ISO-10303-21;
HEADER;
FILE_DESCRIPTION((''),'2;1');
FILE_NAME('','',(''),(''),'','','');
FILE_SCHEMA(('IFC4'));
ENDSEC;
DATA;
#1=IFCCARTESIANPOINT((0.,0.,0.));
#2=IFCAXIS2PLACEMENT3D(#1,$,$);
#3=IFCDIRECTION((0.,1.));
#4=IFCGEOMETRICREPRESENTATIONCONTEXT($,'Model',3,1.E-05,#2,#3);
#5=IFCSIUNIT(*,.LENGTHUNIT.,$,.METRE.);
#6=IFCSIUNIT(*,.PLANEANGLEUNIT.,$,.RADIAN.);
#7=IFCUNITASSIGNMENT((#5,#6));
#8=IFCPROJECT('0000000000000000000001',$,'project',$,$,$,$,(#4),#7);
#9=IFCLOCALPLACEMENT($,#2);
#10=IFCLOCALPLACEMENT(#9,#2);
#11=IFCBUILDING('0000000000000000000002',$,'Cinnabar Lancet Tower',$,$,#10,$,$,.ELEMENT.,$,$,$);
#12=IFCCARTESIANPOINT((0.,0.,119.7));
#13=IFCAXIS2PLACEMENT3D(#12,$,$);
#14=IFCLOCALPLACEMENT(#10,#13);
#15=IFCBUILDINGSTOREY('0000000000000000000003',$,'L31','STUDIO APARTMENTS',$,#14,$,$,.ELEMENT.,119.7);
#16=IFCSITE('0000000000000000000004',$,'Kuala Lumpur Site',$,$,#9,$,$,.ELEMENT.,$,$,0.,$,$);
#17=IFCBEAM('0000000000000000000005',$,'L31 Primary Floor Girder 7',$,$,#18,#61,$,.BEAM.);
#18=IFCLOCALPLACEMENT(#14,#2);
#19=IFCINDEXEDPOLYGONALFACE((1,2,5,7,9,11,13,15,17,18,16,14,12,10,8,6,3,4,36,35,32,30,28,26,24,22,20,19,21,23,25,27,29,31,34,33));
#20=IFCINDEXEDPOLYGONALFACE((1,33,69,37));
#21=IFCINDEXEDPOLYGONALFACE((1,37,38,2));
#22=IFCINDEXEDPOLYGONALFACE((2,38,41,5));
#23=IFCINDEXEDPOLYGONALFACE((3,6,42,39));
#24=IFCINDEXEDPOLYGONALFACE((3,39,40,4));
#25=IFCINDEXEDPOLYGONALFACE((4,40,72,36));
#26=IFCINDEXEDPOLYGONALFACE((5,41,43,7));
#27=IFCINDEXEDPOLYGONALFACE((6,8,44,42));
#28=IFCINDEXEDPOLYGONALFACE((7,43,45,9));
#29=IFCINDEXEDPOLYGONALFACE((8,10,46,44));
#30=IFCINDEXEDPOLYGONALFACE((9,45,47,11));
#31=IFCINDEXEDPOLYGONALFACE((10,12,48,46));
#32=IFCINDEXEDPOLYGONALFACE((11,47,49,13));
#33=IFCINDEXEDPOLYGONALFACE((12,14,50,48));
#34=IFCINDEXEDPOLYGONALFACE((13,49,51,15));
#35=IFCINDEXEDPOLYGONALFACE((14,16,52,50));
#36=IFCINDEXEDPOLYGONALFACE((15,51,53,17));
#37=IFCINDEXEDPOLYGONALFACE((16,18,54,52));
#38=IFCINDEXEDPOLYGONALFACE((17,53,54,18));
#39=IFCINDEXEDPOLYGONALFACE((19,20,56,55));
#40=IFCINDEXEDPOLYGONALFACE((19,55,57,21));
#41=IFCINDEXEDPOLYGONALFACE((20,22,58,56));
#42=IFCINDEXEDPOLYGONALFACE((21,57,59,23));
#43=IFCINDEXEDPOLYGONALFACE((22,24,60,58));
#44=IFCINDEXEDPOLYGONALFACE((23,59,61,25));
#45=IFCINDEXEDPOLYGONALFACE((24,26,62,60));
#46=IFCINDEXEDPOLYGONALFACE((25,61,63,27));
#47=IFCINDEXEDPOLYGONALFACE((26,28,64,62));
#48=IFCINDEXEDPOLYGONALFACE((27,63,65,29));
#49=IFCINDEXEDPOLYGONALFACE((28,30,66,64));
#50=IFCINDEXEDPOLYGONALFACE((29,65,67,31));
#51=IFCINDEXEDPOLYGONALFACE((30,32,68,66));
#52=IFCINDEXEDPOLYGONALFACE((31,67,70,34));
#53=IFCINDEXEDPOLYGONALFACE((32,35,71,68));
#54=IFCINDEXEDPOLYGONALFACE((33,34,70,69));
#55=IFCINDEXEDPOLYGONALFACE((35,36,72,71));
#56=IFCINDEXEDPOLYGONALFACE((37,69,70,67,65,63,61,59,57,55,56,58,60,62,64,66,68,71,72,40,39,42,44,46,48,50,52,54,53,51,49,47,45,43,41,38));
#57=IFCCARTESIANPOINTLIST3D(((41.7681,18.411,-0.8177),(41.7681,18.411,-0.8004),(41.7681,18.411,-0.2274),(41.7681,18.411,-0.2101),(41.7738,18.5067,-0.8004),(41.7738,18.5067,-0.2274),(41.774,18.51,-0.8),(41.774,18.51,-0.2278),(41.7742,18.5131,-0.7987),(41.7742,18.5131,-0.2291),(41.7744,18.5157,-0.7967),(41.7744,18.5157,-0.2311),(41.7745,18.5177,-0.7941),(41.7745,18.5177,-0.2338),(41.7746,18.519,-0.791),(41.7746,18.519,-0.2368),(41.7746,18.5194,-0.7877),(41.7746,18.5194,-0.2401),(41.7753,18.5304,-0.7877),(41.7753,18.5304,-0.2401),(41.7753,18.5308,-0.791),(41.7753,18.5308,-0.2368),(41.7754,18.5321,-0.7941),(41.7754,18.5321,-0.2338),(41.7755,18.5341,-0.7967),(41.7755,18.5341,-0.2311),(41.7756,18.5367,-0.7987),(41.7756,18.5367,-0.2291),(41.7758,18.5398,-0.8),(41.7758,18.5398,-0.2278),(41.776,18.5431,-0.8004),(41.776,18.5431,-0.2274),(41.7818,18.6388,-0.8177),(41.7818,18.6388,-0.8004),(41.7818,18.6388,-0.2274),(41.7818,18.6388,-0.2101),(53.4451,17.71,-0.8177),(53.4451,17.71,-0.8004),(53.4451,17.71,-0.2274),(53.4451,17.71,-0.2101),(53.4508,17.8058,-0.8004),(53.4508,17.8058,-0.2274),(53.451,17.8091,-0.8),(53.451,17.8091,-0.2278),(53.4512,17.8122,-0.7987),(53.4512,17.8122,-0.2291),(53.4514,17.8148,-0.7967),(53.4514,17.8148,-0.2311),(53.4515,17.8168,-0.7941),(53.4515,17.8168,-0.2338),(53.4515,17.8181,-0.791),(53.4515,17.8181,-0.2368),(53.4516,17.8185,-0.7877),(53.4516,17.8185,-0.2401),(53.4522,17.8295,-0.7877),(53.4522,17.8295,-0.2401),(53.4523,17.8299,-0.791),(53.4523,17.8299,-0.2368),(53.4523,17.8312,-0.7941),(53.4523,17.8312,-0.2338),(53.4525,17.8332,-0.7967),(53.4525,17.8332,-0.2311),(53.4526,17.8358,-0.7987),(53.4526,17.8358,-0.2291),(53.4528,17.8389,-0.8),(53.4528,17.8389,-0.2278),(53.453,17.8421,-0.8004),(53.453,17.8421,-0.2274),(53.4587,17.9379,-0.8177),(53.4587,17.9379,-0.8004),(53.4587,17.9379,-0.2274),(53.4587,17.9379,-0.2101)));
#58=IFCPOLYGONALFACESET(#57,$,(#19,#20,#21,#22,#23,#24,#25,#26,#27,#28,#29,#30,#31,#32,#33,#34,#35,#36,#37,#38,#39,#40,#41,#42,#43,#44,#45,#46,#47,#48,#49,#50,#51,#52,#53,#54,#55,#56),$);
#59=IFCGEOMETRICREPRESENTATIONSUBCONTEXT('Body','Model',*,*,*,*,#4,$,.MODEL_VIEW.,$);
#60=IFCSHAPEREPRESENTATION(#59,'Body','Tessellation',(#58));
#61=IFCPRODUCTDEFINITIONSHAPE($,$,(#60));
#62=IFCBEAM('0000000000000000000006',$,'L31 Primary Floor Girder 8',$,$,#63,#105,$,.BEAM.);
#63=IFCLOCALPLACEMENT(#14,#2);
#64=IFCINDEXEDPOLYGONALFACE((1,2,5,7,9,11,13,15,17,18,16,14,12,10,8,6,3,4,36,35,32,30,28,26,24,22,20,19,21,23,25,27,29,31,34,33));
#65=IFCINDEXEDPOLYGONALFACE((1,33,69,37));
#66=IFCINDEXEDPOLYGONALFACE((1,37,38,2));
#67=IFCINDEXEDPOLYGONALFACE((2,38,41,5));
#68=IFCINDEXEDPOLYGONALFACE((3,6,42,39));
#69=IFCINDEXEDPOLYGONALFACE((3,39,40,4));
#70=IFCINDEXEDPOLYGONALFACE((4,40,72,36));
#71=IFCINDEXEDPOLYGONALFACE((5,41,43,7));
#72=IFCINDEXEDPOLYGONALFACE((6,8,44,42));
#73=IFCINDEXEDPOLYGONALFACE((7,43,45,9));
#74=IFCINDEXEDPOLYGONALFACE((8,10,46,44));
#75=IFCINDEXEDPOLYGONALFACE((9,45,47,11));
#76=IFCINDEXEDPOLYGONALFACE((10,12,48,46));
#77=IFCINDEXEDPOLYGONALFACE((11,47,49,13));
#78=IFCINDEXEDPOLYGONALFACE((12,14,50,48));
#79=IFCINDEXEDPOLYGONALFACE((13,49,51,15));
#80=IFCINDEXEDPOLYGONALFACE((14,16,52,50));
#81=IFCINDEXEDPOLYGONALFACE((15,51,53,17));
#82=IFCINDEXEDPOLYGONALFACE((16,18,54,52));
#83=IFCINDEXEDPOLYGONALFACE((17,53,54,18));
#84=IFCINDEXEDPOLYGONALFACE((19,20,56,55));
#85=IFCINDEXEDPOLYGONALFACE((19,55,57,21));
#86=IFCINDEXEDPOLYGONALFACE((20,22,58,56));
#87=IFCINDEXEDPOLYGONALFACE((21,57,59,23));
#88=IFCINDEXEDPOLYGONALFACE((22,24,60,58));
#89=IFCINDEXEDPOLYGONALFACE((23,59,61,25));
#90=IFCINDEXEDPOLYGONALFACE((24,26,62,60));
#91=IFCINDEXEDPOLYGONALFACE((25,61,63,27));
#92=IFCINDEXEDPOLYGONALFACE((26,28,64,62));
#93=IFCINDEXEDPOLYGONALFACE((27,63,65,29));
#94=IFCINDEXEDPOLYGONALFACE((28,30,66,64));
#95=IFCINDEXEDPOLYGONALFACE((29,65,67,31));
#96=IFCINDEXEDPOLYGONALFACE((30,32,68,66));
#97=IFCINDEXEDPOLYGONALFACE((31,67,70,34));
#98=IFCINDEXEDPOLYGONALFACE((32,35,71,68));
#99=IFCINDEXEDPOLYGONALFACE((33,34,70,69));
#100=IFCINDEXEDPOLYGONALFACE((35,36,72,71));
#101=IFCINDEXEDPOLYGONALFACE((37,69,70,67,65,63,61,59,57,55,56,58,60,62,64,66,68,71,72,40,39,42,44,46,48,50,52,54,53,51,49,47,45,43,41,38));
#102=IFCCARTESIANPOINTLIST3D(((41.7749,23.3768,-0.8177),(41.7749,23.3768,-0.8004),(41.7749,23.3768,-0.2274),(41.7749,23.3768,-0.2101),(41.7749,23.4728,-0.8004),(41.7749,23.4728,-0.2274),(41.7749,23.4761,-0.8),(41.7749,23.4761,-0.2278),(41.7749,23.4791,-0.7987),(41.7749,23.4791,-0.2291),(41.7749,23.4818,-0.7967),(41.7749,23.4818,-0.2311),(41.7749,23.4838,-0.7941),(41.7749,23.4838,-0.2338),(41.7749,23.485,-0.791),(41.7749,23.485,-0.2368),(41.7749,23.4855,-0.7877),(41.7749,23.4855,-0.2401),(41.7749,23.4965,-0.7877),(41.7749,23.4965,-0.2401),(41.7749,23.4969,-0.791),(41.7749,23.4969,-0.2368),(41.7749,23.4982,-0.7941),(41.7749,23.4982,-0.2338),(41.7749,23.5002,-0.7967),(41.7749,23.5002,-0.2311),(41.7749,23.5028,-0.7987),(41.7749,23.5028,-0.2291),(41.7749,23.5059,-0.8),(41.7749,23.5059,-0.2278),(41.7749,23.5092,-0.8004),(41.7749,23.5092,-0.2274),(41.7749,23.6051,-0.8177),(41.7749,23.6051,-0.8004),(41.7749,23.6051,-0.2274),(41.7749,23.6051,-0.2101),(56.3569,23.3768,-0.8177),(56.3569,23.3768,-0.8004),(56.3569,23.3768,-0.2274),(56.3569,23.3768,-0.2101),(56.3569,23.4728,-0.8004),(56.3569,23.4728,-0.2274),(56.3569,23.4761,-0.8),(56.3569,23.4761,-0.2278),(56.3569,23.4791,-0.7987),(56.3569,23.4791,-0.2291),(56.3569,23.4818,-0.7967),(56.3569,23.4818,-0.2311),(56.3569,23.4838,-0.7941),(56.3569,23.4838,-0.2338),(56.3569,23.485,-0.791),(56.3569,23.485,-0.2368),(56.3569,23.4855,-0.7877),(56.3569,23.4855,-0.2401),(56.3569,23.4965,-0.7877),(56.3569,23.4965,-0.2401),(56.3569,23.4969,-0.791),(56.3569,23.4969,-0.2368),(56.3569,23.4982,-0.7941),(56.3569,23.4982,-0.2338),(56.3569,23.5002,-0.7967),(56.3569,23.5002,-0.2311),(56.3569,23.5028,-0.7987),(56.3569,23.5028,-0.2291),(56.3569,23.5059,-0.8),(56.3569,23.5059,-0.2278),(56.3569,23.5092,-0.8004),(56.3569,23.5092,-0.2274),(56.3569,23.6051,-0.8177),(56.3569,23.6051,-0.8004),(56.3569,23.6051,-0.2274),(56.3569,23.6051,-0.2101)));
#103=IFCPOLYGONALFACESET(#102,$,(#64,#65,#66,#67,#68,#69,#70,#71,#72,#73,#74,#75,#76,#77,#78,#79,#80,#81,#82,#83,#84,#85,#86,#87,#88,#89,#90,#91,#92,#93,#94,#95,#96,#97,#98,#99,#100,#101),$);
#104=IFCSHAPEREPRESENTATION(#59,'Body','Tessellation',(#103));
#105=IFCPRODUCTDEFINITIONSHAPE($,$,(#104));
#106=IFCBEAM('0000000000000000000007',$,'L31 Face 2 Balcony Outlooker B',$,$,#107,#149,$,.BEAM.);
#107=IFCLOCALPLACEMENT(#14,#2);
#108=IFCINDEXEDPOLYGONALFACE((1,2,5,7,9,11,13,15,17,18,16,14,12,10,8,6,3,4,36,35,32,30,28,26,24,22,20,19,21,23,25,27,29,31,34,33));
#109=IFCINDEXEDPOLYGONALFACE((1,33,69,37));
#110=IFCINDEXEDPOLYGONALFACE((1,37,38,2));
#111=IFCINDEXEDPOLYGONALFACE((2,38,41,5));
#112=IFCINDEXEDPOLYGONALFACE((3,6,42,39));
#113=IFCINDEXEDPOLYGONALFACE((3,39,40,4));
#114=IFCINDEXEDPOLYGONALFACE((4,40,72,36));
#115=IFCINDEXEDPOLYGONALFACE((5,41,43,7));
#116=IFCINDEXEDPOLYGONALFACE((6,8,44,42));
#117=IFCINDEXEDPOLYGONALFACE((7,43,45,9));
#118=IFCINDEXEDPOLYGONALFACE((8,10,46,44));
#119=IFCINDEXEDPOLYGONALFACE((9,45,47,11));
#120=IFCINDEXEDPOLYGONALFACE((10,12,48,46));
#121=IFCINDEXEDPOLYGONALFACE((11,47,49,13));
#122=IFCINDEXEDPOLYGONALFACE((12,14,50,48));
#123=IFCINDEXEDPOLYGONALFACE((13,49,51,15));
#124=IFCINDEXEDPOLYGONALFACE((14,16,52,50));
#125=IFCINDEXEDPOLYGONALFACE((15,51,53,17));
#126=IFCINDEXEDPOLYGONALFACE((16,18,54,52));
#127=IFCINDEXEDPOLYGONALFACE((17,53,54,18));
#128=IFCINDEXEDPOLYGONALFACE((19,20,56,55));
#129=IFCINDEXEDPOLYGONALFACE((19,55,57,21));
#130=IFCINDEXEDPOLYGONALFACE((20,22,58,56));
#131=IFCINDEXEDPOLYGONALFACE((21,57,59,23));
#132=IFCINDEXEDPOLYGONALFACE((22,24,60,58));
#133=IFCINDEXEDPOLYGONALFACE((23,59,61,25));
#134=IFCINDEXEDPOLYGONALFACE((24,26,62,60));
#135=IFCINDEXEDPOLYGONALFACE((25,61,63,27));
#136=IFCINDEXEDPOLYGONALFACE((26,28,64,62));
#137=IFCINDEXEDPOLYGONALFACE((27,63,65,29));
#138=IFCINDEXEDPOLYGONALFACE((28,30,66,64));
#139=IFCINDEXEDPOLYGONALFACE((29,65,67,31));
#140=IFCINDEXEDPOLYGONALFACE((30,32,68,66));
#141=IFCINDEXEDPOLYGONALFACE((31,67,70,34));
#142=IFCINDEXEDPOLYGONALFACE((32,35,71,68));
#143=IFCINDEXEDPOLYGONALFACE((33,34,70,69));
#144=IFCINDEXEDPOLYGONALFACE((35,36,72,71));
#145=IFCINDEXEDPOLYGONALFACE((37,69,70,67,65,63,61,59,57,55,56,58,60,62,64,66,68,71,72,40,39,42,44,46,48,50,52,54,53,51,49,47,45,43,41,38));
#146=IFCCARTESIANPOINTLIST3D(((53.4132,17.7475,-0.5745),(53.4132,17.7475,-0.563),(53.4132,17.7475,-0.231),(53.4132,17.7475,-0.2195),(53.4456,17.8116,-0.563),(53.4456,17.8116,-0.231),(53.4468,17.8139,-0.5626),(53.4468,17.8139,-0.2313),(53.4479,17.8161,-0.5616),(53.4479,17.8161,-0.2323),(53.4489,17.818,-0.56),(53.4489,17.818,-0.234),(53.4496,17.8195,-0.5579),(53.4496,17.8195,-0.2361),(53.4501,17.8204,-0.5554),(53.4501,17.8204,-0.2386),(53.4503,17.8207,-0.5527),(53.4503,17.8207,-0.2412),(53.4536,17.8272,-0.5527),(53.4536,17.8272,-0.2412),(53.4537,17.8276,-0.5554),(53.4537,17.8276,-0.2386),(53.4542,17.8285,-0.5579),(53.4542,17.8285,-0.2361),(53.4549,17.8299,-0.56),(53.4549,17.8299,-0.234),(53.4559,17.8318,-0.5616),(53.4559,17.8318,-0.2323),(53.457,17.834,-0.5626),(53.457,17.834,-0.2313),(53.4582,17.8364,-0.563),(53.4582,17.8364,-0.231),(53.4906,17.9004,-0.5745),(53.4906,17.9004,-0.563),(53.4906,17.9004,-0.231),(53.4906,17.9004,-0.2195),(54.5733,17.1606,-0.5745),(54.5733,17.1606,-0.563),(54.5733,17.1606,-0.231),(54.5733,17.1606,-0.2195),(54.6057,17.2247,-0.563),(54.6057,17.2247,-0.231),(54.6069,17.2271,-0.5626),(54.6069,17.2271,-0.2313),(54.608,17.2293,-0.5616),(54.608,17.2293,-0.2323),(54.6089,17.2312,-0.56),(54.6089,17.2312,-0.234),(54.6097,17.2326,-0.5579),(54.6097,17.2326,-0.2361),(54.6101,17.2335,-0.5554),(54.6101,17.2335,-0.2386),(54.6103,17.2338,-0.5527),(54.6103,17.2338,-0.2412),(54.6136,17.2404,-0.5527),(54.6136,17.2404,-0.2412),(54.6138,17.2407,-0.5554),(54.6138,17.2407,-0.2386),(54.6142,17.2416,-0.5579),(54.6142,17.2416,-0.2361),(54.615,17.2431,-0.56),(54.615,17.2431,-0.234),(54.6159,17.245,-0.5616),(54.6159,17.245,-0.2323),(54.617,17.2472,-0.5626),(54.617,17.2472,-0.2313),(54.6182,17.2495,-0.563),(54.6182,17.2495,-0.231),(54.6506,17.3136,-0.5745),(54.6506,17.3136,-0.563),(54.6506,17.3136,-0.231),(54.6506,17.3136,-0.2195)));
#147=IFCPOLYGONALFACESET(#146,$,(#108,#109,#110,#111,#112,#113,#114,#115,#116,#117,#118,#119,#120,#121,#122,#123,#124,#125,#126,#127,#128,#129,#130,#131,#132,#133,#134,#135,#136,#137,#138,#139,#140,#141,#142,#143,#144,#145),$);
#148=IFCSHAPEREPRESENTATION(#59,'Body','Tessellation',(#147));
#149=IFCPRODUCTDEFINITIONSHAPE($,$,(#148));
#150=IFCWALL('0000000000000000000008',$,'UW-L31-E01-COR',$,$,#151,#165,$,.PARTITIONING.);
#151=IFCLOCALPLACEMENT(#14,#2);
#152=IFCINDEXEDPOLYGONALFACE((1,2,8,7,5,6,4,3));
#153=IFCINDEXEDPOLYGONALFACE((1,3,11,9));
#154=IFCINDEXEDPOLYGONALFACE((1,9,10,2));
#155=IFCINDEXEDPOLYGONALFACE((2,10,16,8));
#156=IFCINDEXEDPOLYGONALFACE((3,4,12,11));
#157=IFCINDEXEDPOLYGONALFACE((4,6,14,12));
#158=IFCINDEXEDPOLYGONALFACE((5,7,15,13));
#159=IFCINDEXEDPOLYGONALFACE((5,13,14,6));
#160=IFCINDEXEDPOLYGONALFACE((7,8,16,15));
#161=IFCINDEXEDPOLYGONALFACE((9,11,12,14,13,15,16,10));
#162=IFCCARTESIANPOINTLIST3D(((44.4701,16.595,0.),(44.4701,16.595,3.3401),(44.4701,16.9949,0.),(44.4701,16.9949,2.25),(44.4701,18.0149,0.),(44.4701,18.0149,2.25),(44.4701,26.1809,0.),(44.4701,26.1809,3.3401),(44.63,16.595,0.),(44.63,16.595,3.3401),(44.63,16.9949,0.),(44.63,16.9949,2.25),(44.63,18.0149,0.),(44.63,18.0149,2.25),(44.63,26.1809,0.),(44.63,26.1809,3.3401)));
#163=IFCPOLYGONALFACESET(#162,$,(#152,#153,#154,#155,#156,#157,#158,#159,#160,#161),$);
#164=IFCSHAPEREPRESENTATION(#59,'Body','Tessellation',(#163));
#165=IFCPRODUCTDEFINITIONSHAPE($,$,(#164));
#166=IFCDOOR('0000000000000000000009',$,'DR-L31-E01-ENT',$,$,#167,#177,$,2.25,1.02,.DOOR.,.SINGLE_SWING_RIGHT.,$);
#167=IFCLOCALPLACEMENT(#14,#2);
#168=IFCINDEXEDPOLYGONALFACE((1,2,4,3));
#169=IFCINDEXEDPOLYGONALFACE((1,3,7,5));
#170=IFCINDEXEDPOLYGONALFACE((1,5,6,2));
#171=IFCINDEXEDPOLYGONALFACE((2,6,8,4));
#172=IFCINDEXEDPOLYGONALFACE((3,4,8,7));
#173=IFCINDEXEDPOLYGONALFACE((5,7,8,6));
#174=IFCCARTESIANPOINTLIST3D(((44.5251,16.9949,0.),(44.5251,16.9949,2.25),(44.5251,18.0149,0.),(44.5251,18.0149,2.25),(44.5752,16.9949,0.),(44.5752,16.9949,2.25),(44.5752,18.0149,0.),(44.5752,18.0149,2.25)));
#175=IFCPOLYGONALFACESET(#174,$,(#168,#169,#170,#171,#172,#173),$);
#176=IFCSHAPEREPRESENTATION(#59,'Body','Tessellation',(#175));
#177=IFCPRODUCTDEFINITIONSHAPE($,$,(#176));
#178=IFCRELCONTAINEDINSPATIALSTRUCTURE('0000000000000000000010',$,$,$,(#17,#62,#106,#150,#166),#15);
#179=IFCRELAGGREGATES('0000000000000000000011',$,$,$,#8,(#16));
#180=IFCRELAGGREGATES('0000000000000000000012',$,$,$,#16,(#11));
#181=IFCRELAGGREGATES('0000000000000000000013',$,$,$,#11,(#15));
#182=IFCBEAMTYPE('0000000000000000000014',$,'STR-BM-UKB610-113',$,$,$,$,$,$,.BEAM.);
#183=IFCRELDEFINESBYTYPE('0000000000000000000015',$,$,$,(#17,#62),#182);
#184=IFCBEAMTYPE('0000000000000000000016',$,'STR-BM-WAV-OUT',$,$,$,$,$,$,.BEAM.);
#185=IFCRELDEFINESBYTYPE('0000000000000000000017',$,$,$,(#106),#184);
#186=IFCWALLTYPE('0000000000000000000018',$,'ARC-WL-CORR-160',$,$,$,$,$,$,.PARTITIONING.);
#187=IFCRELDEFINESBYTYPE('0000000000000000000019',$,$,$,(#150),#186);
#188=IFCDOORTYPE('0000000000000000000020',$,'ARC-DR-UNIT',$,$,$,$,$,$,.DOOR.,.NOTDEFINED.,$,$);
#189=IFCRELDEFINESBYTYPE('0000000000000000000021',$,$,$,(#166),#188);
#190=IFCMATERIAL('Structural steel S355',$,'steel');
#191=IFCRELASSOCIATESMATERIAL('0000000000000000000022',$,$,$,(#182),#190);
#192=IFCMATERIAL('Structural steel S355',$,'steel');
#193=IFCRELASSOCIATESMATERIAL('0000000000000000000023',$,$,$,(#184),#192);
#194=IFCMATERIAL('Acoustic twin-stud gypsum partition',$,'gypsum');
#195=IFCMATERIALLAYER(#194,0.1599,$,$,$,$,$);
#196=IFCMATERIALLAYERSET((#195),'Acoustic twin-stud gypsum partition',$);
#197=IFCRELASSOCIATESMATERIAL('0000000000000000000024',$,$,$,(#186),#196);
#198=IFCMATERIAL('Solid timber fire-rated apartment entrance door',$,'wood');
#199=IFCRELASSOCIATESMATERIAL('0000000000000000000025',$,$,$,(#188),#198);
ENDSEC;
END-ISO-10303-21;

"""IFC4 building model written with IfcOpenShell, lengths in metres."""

from ifc_helpers import new_model, si_unit, direction, frame, frame_2d, origin, origin_2d, place, context, subcontext, project, spatial, rectangle, i_section, extrude, material, layer, layer_set, material_profile, profile_set, type_object, element, fill, save


model = new_model("IFC4")

# Units and contexts
model_context = context("Model", 3, precision=1e-05, world=origin(), true_north=direction((0.0, 1.0)))
body_context = subcontext(model_context, "Body", "Model", "MODEL_VIEW")
ifc_project = project(units=[si_unit("LENGTHUNIT", "METRE"), si_unit("PLANEANGLEUNIT", "RADIAN")], contexts=[model_context])

# Site, building, storey
site_placement = place(None, origin())
site = spatial("IfcSite", under=ifc_project, at=site_placement, Name="Kuala Lumpur Site", CompositionType="ELEMENT", RefElevation=0.0)
building_placement = place(site_placement, origin())
building = spatial("IfcBuilding", under=site, at=building_placement, Name="Cinnabar Lancet Tower", CompositionType="ELEMENT")
storey_placement = place(building_placement, frame((0.0, 0.0, 119.7)))
storey = spatial("IfcBuildingStorey", under=building, at=storey_placement, Name="L31", Description="STUDIO APARTMENTS", CompositionType="ELEMENT", Elevation=119.7)

# Beams
ifc_material_1 = material(Name="Structural steel S355", Category="steel")
ifc_material_profile_1 = material_profile(ifc_material_1, i_section(OverallWidth=0.2283, OverallDepth=0.6077, WebThickness=0.011, FlangeThickness=0.0173, FilletRadius=0.0127, at=origin_2d()), Name="UKB 610x229x113")
ifc_profile_set_1 = profile_set([ifc_material_profile_1], Name="Structural steel S355")
beam_type_1 = type_object("IfcBeamType", Name="STR-BM-UKB610-113", PredefinedType="BEAM", material=ifc_profile_set_1)
beam_1_placement = place(storey_placement, frame((53.4519, 17.824, -0.5139), z_axis=(-0.998203, 0.059918, 0.0), x_axis=(-0.059918, -0.998203, 0.0)))
element("IfcBeam", 1, at=beam_1_placement, inside=storey, type_object=beam_type_1, Name="L31 Primary Floor Girder 7", PredefinedType="BEAM", context=body_context, shape_type="SweptSolid", body=[
    extrude(i_section(OverallWidth=0.2283, OverallDepth=0.6077, WebThickness=0.011, FlangeThickness=0.0173, FilletRadius=0.0127, at=origin_2d()), origin(), (0.0, 0.0, 1.0), 11.698),
])
beam_2_placement = place(storey_placement, frame((56.3569, 23.491, -0.5139), z_axis=(-1.0, 0.0, 0.0), x_axis=(0.0, -1.0, 0.0)))
element("IfcBeam", 2, at=beam_2_placement, inside=storey, type_object=beam_type_1, Name="L31 Primary Floor Girder 8", PredefinedType="BEAM", context=body_context, shape_type="SweptSolid", body=[
    extrude(i_section(OverallWidth=0.2283, OverallDepth=0.6077, WebThickness=0.011, FlangeThickness=0.0173, FilletRadius=0.0127, at=origin_2d()), origin(), (0.0, 0.0, 1.0), 14.582),
])
ifc_material_2 = material(Name="Structural steel S355", Category="steel")
ifc_material_profile_2 = material_profile(ifc_material_2, i_section(OverallWidth=0.1714, OverallDepth=0.355, WebThickness=0.0073, FlangeThickness=0.0115, FilletRadius=0.0103, at=origin_2d()), Name="UKB 356x171x51")
ifc_profile_set_2 = profile_set([ifc_material_profile_2], Name="Structural steel S355")
beam_type_2 = type_object("IfcBeamType", Name="STR-BM-WAV-OUT", PredefinedType="BEAM", material=ifc_profile_set_2)
beam_3_placement = place(storey_placement, frame((53.4519, 17.824, -0.397), z_axis=(0.892314, -0.451415, 0.0), x_axis=(0.451415, 0.892314, 0.0)))
element("IfcBeam", 3, at=beam_3_placement, inside=storey, type_object=beam_type_2, Name="L31 Face 2 Balcony Outlooker B", PredefinedType="BEAM", context=body_context, shape_type="SweptSolid", body=[
    extrude(i_section(OverallWidth=0.1714, OverallDepth=0.355, WebThickness=0.0073, FlangeThickness=0.0115, FilletRadius=0.0103, at=origin_2d()), origin(), (0.0, 0.0, 1.0), 1.3),
])

# Wall, opening, door
ifc_material_3 = material(Name="Acoustic twin-stud gypsum partition", Category="gypsum")
ifc_layer_1 = layer(ifc_material_3, 0.1599)
ifc_layer_set_1 = layer_set([ifc_layer_1], Name="Acoustic twin-stud gypsum partition")
wall_type_1 = type_object("IfcWallType", Name="ARC-WL-CORR-160", PredefinedType="PARTITIONING", material=ifc_layer_set_1)
wall_1_placement = place(storey_placement, frame((44.55, 16.595, 0.0), z_axis=(0.0, 0.0, 1.0), x_axis=(0.0, 1.0, 0.0)))
wall_1 = element("IfcWall", 4, at=wall_1_placement, inside=storey, type_object=wall_type_1, Name="UW-L31-E01-COR", PredefinedType="PARTITIONING", context=body_context, shape_type="SweptSolid", body=[
    extrude(rectangle(XDim=9.5859, YDim=0.1599, at=frame_2d((4.793, 0.0))), origin(), (0.0, 0.0, 1.0), 3.3401),
])
opening_1_placement = place(wall_1_placement, frame((0.3999, 0.0, 0.0)))
opening_1 = element("IfcOpeningElement", 5, at=opening_1_placement, cuts=wall_1, PredefinedType="OPENING", context=body_context, shape_type="SweptSolid", body=[
    extrude(rectangle(XDim=1.02, YDim=2.25, at=frame_2d((0.51, 1.125))), frame((0.0, 0.0898, 0.0), z_axis=(0.0, -1.0, 0.0), x_axis=(1.0, 0.0, 0.0)), (0.0, 0.0, 1.0), 0.1799),
])
ifc_material_4 = material(Name="Solid timber fire-rated apartment entrance door", Category="wood")
door_type_1 = type_object("IfcDoorType", Name="ARC-DR-UNIT", OperationType="NOTDEFINED", PredefinedType="DOOR", material=ifc_material_4)
door_1_placement = place(opening_1_placement, origin())
door_1 = element("IfcDoor", 6, at=door_1_placement, inside=storey, type_object=door_type_1, Name="DR-L31-E01-ENT", OperationType="SINGLE_SWING_RIGHT", OverallHeight=2.25, OverallWidth=1.02, PredefinedType="DOOR", context=body_context, shape_type="SweptSolid", body=[
    extrude(rectangle(XDim=1.02, YDim=2.25, at=frame_2d((0.51, 1.125))), frame((0.0, 0.0249, 0.0), z_axis=(0.0, -1.0, 0.0), x_axis=(1.0, 0.0, 0.0)), (0.0, 0.0, 1.0), 0.05),
])
fill(opening_1, door_1)

save(model, "model.ifc")
